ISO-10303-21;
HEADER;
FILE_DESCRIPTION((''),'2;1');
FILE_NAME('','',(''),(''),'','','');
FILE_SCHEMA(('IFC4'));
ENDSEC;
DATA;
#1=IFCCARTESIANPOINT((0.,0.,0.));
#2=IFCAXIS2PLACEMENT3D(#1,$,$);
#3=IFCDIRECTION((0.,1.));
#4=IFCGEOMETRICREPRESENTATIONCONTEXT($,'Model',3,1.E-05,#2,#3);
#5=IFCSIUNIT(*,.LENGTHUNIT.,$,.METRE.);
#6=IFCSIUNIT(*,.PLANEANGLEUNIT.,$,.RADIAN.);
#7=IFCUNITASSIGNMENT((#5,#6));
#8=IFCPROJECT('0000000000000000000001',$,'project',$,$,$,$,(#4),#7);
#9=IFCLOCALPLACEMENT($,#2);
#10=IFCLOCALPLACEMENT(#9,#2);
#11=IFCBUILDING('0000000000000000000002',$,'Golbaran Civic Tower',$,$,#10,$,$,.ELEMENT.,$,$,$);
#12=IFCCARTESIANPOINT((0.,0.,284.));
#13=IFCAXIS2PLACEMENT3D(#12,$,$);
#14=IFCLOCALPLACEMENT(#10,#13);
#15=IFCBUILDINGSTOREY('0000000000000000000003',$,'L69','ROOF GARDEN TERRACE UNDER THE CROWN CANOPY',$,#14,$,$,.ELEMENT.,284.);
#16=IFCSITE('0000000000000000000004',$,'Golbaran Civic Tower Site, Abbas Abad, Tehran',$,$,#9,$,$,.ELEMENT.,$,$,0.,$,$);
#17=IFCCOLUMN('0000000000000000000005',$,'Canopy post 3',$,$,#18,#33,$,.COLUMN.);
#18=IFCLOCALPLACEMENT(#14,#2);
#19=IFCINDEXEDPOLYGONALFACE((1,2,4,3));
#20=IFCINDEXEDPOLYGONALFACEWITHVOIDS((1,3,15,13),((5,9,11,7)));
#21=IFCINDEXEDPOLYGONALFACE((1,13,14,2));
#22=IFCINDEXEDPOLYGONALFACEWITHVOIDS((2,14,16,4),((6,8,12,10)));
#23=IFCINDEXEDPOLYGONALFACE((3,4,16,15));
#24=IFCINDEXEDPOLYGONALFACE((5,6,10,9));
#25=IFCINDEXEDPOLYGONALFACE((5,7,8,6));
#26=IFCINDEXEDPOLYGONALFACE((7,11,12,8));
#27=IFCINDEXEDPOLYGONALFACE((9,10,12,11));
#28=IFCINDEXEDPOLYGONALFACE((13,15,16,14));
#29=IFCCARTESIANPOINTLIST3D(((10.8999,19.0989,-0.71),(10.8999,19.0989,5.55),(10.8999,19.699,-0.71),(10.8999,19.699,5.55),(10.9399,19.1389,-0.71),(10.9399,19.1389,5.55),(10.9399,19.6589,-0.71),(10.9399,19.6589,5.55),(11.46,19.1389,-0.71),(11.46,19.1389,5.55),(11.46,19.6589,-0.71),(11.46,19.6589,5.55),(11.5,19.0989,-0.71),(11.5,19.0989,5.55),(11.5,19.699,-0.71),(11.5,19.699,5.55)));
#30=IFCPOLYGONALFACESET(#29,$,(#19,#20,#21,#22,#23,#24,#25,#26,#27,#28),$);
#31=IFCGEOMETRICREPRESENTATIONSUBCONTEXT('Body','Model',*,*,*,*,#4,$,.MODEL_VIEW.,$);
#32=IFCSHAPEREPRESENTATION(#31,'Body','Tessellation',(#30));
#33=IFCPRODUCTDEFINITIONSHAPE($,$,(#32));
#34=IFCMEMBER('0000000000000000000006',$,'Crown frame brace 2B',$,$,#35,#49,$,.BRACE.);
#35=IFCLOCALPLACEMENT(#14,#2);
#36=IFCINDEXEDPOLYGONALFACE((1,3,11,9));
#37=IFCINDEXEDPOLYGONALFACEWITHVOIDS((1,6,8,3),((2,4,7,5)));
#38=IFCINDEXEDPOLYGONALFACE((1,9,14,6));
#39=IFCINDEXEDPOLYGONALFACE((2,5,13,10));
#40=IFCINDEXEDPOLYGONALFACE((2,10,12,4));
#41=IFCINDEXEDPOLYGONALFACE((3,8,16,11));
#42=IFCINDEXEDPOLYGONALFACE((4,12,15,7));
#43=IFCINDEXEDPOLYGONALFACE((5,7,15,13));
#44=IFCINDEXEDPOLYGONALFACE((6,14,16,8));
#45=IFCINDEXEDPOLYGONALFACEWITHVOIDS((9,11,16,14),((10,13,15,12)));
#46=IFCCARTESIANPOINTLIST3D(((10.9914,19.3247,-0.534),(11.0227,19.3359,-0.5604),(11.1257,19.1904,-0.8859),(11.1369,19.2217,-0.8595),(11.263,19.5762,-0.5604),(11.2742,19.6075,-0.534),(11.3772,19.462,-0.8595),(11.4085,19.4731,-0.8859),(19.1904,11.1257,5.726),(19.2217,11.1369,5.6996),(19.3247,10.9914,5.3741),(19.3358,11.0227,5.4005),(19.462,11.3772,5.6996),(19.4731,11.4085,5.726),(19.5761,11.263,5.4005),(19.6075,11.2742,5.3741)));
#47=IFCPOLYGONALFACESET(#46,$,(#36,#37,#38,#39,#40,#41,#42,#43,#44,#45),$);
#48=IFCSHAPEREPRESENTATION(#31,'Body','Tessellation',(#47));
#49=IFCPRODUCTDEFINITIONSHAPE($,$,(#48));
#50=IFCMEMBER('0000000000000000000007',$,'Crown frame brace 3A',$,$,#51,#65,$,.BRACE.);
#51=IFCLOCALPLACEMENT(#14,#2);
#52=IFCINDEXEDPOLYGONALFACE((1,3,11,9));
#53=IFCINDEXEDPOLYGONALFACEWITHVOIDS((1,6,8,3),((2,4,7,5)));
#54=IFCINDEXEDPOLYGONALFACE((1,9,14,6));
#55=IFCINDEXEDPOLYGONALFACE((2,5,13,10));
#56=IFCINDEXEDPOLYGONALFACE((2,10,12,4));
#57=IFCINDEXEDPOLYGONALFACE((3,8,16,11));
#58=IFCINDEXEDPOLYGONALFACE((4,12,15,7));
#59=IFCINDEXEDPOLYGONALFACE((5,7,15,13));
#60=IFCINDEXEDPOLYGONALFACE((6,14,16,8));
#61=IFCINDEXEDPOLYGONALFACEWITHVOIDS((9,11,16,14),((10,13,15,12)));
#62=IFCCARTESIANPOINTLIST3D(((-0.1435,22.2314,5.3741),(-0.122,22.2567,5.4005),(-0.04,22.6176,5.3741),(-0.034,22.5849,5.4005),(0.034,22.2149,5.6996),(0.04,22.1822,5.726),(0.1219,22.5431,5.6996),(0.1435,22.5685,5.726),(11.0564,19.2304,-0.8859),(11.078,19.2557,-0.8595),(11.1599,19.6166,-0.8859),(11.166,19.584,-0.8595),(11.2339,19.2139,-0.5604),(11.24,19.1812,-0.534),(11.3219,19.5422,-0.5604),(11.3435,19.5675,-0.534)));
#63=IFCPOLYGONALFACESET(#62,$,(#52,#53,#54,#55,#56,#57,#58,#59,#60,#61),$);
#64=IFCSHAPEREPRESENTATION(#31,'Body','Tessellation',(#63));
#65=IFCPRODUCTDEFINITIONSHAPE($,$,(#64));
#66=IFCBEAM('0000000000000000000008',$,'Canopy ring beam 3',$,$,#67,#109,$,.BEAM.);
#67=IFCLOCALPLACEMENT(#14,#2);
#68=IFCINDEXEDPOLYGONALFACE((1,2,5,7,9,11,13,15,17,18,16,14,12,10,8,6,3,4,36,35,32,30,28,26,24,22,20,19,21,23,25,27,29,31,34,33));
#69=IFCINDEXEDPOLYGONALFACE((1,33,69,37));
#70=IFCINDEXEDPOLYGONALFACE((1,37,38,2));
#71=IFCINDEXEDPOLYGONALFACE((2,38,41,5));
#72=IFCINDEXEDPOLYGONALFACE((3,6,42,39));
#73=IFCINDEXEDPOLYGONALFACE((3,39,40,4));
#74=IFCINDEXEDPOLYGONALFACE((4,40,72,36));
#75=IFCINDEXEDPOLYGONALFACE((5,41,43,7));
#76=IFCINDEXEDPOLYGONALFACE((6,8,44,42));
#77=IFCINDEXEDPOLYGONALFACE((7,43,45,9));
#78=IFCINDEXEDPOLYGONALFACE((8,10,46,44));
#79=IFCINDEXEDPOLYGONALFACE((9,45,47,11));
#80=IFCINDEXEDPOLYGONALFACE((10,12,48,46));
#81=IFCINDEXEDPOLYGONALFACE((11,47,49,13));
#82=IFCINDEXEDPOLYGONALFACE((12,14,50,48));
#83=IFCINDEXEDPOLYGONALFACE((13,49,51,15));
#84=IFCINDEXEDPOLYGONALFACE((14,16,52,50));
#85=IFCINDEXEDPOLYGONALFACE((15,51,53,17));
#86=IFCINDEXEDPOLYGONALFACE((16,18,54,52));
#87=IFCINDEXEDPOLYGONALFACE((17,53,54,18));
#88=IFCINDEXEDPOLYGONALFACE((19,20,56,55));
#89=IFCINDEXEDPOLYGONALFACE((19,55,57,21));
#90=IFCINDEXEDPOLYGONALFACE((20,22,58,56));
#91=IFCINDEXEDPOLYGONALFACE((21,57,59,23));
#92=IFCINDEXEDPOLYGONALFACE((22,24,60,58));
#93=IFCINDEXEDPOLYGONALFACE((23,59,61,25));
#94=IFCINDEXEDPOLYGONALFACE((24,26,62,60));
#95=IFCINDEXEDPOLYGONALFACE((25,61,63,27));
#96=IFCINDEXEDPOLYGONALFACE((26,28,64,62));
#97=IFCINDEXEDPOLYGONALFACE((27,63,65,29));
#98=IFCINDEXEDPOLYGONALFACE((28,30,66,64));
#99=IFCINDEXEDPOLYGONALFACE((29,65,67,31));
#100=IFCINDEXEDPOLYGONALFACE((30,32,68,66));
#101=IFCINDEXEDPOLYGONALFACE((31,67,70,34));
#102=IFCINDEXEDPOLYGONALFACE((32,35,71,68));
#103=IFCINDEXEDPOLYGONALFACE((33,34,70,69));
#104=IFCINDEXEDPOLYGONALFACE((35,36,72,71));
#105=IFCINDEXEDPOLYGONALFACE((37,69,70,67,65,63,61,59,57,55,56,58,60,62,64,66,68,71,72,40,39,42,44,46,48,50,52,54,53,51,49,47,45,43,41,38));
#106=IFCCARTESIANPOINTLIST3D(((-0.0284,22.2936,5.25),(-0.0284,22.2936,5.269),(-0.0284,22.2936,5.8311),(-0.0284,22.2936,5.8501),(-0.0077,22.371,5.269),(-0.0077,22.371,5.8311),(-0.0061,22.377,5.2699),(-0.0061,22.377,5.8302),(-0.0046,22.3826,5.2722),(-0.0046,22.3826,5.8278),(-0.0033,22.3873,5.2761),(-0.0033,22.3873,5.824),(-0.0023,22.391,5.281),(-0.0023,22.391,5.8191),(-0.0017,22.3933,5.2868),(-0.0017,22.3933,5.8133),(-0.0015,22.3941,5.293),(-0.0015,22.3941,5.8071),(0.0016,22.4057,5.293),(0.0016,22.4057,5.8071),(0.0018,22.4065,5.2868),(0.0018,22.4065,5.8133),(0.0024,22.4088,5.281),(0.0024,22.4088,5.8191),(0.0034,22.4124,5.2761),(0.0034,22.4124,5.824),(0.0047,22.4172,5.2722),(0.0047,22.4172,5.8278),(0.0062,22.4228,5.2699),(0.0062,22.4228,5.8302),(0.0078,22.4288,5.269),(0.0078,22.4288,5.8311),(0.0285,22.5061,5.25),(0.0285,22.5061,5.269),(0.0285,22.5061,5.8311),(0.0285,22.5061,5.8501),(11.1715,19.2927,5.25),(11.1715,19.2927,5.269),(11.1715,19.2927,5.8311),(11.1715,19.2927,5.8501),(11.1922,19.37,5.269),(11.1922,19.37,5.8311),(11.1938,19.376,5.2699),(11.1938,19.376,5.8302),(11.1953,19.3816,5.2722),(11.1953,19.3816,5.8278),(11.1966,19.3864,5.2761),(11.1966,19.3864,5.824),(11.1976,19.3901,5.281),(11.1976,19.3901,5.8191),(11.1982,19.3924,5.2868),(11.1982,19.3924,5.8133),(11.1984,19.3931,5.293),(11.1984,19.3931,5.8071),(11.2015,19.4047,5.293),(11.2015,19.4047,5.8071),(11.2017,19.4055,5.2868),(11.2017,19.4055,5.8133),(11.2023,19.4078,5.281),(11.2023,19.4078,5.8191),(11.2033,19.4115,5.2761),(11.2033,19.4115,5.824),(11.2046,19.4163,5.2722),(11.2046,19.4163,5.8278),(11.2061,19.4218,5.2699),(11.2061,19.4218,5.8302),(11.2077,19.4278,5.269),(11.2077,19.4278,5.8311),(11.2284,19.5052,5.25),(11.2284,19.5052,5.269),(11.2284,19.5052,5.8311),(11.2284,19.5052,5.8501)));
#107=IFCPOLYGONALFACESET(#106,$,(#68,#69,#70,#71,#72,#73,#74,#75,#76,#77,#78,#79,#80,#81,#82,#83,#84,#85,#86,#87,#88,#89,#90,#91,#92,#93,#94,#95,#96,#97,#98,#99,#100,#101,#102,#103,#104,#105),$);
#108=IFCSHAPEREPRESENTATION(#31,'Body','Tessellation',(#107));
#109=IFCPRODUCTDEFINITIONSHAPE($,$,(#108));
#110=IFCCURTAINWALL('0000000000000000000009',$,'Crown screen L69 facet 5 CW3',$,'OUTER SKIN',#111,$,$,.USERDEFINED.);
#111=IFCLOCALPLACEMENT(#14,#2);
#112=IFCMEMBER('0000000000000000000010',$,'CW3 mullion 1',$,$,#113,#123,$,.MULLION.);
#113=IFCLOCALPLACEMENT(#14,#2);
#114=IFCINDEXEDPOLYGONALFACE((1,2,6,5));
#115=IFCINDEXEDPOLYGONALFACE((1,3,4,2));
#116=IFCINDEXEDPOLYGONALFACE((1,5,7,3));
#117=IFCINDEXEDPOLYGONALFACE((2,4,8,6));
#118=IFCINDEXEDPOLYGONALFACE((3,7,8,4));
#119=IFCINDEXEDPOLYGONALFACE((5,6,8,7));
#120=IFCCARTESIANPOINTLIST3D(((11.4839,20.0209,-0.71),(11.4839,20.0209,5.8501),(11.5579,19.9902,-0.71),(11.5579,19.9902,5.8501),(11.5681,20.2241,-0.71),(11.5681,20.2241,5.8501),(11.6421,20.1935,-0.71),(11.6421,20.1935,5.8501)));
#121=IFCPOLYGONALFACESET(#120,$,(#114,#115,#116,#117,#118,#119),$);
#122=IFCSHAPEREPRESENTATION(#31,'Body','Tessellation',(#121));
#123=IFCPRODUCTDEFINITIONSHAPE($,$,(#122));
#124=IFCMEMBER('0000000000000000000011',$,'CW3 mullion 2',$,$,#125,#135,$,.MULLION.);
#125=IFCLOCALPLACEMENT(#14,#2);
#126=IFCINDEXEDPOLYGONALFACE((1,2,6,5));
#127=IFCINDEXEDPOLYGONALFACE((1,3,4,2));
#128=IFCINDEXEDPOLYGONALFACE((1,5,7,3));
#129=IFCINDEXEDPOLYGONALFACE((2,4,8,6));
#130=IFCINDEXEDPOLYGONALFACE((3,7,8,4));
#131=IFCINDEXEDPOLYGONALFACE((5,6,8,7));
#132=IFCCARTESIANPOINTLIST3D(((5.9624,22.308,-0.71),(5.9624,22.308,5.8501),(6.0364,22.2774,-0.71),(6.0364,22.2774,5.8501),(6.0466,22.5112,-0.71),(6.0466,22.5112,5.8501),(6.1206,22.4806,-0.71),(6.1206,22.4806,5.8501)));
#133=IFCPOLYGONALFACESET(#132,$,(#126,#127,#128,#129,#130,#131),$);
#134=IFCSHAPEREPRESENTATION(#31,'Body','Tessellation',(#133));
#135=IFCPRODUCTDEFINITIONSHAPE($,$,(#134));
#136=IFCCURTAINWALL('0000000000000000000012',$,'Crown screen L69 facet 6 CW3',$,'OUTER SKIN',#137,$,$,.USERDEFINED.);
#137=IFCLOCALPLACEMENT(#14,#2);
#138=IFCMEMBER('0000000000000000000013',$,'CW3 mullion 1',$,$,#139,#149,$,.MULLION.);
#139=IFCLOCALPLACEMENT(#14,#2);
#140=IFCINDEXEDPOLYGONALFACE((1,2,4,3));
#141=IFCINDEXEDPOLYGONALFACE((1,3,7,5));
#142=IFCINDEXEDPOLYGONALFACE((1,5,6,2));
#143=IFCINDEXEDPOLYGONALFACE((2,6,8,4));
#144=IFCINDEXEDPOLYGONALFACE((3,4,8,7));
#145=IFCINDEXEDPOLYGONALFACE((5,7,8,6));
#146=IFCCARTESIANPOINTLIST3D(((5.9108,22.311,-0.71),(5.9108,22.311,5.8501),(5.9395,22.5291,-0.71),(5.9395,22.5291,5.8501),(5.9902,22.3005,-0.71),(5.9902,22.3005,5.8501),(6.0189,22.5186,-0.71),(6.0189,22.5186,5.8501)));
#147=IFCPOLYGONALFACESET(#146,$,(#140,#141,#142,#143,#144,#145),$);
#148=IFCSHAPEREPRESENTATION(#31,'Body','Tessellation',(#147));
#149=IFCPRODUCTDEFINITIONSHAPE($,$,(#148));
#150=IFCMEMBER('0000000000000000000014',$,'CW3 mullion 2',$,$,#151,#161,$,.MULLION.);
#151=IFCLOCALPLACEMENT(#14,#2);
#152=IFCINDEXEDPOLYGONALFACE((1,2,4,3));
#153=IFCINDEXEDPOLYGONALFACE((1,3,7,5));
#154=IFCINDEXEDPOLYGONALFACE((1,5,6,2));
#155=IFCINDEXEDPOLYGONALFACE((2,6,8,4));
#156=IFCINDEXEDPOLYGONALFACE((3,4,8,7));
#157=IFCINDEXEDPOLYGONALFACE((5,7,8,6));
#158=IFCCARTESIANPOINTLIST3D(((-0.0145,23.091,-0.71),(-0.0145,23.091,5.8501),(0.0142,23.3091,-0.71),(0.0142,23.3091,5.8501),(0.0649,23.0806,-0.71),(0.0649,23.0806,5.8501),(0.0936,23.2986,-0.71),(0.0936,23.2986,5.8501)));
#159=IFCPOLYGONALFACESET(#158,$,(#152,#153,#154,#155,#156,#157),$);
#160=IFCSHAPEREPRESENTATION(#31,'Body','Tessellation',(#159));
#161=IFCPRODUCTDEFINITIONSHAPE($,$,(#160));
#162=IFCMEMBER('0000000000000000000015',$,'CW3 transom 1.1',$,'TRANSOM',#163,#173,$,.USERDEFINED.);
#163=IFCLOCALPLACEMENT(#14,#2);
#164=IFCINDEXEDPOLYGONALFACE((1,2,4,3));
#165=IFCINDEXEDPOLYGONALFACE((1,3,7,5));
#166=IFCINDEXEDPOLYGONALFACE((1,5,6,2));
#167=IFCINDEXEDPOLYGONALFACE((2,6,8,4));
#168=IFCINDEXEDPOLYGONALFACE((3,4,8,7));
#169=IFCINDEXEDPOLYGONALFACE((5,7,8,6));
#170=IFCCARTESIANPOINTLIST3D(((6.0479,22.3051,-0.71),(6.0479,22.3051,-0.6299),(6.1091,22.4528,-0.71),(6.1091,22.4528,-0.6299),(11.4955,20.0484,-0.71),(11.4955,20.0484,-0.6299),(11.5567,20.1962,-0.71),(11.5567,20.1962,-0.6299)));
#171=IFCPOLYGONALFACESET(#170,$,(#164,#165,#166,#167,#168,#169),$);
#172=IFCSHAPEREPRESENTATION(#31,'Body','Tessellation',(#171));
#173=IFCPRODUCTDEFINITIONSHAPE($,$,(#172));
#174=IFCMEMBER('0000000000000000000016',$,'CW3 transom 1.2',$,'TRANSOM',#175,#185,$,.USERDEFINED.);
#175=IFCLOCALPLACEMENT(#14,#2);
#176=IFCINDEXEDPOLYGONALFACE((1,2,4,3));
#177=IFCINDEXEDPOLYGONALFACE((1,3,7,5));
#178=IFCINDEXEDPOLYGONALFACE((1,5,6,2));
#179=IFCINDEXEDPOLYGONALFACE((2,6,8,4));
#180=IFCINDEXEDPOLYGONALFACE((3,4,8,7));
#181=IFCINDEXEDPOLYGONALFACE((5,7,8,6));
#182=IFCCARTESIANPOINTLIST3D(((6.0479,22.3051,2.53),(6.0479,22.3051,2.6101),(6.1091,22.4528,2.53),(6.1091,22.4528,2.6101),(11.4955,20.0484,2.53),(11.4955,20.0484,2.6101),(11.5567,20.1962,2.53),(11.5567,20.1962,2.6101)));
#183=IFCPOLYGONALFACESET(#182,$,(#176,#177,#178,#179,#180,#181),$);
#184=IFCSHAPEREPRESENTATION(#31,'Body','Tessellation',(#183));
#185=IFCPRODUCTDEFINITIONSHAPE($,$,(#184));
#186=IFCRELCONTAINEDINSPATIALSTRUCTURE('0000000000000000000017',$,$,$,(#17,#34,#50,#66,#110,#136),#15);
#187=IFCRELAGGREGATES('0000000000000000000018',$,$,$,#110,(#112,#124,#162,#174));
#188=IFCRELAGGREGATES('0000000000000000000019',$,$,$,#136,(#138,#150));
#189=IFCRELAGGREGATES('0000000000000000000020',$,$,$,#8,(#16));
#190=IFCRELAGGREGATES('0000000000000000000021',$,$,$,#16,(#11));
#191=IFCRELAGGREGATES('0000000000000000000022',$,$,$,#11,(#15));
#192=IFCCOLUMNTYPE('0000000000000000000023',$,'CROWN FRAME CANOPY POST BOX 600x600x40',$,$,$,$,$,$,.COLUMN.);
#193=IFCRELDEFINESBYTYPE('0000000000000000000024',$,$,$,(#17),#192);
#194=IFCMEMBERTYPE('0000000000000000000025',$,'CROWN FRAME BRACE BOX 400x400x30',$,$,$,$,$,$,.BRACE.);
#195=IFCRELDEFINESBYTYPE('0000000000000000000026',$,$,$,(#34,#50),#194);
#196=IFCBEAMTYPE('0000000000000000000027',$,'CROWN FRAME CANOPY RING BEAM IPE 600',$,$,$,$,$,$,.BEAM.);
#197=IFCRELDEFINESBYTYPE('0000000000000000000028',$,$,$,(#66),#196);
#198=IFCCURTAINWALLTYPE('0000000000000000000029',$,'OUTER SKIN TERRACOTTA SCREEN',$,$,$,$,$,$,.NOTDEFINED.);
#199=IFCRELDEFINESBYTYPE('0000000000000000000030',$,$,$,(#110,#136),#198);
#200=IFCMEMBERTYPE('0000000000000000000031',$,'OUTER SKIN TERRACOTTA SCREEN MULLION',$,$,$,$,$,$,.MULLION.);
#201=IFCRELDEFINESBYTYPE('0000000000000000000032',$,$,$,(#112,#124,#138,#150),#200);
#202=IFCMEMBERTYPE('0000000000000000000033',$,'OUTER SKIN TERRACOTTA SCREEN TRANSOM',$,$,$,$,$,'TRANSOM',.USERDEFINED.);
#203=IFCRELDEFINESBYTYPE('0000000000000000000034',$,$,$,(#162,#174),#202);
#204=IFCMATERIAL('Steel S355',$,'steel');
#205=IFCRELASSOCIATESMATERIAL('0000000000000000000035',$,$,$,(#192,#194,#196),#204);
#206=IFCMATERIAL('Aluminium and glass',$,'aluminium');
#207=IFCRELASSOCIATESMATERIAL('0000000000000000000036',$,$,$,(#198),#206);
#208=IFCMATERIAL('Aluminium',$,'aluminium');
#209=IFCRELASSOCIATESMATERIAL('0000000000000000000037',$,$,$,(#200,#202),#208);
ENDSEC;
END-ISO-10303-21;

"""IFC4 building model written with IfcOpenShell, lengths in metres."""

from ifc_helpers import new_model, si_unit, direction, frame, origin, origin_2d, place, context, subcontext, project, spatial, rectangle, hollow_rectangle, i_section, extrude, material, material_profile, profile_set, type_object, element, aggregate, save


model = new_model("IFC4")

# Units and contexts
model_context = context("Model", 3, precision=1e-05, world=origin(), true_north=direction((0.0, 1.0)))
body_context = subcontext(model_context, "Body", "Model", "MODEL_VIEW")
ifc_project = project(units=[si_unit("LENGTHUNIT", "METRE"), si_unit("PLANEANGLEUNIT", "RADIAN")], contexts=[model_context])

# Site, building, storey
site_placement = place(None, origin())
site = spatial("IfcSite", under=ifc_project, at=site_placement, Name="Golbaran Civic Tower Site, Abbas Abad, Tehran", CompositionType="ELEMENT", RefElevation=0.0)
building_placement = place(site_placement, origin())
building = spatial("IfcBuilding", under=site, at=building_placement, Name="Golbaran Civic Tower", CompositionType="ELEMENT")
storey_placement = place(building_placement, frame((0.0, 0.0, 284.0)))
storey = spatial("IfcBuildingStorey", under=building, at=storey_placement, Name="L69", Description="ROOF GARDEN TERRACE UNDER THE CROWN CANOPY", CompositionType="ELEMENT", Elevation=284.0)

# Column
ifc_material_1 = material(Name="Steel S355", Category="steel")
ifc_material_profile_1 = material_profile(ifc_material_1, hollow_rectangle(XDim=0.6001, YDim=0.6001, WallThickness=0.04, at=origin_2d()), Name="BOX 600x600x40")
ifc_profile_set_1 = profile_set([ifc_material_profile_1], Name="Steel S355")
column_type = type_object("IfcColumnType", Name="CROWN FRAME CANOPY POST BOX 600x600x40", PredefinedType="COLUMN", material=ifc_profile_set_1)
column_placement = place(storey_placement, frame((11.2, 19.3989, -0.71), z_axis=(0.0, 0.0, 1.0), x_axis=(1.0, 0.0, 0.0)))
element("IfcColumn", 1, at=column_placement, inside=storey, type_object=column_type, Name="Canopy post 3", PredefinedType="COLUMN", context=body_context, shape_type="SweptSolid", body=[
    extrude(hollow_rectangle(XDim=0.6001, YDim=0.6001, WallThickness=0.04, at=origin_2d()), origin(), (0.0, 0.0, 1.0), 6.26),
])

# Members
ifc_material_profile_2 = material_profile(ifc_material_1, hollow_rectangle(XDim=0.3999, YDim=0.3999, WallThickness=0.03, at=origin_2d()), Name="BOX 400x400x30")
ifc_profile_set_2 = profile_set([ifc_material_profile_2], Name="Steel S355")
member_type_1 = type_object("IfcMemberType", Name="CROWN FRAME BRACE BOX 400x400x30", PredefinedType="BRACE", material=ifc_profile_set_2)
for number, where, z_axis, x_axis, name in (
    (2, (11.2, 19.3989, -0.71), (0.622217, -0.622217, 0.47507), (0.707107, 0.707107, 0.0), "Crown frame brace 2B"),
    (3, (11.2, 19.3989, -0.71), (-0.849964, 0.227744, 0.475072), (-0.258816, -0.965927, 0.0), "Crown frame brace 3A"),
):
    element("IfcMember", number, at=place(storey_placement, frame(where, z_axis=z_axis, x_axis=x_axis)), inside=storey, type_object=member_type_1, Name=name, PredefinedType="BRACE", context=body_context, shape_type="SweptSolid", body=[
        extrude(hollow_rectangle(XDim=0.3999, YDim=0.3999, WallThickness=0.03, at=origin_2d()), origin(), (0.0, 0.0, 1.0), 13.177),
    ])

# Beam
ifc_material_profile_3 = material_profile(ifc_material_1, i_section(OverallWidth=0.22, OverallDepth=0.6001, WebThickness=0.012, FlangeThickness=0.019, FilletRadius=0.0239, at=origin_2d()), Name="IPE 600")
ifc_profile_set_3 = profile_set([ifc_material_profile_3], Name="Steel S355")
beam_type = type_object("IfcBeamType", Name="CROWN FRAME CANOPY RING BEAM IPE 600", PredefinedType="BEAM", material=ifc_profile_set_3)
beam_placement = place(storey_placement, frame((11.2, 19.3989, 5.55), z_axis=(-0.965927, 0.258816, 0.0), x_axis=(-0.258816, -0.965927, 0.0)))
element("IfcBeam", 4, at=beam_placement, inside=storey, type_object=beam_type, Name="Canopy ring beam 3", PredefinedType="BEAM", context=body_context, shape_type="SweptSolid", body=[
    extrude(i_section(OverallWidth=0.22, OverallDepth=0.6001, WebThickness=0.012, FlangeThickness=0.019, FilletRadius=0.0239, at=origin_2d()), origin(), (0.0, 0.0, 1.0), 11.595),
])

# Curtain walls, members
ifc_material_2 = material(Name="Aluminium and glass", Category="aluminium")
curtain_wall_type = type_object("IfcCurtainWallType", Name="OUTER SKIN TERRACOTTA SCREEN", PredefinedType="NOTDEFINED", material=ifc_material_2)
curtain_wall_1_placement = place(storey_placement, origin())
curtain_wall_1 = element("IfcCurtainWall", 5, at=curtain_wall_1_placement, inside=storey, type_object=curtain_wall_type, Name="Crown screen L69 facet 5 CW3", ObjectType="OUTER SKIN", PredefinedType="USERDEFINED")
ifc_material_3 = material(Name="Aluminium", Category="aluminium")
ifc_material_profile_4 = material_profile(ifc_material_3, rectangle(XDim=0.22, YDim=0.0801, at=origin_2d()), Name="OUTER SKIN TERRACOTTA SCREEN MULLION")
ifc_profile_set_4 = profile_set([ifc_material_profile_4], Name="Aluminium")
member_type_2 = type_object("IfcMemberType", Name="OUTER SKIN TERRACOTTA SCREEN MULLION", PredefinedType="MULLION", material=ifc_profile_set_4)
member_1_placement = place(storey_placement, frame((11.563, 20.1072, -0.71), z_axis=(0.0, 0.0, 1.0), x_axis=(-0.382683, -0.92388, 0.0)))
member_1 = element("IfcMember", 6, at=member_1_placement, type_object=member_type_2, Name="CW3 mullion 1", PredefinedType="MULLION", context=body_context, shape_type="SweptSolid", body=[
    extrude(rectangle(XDim=0.22, YDim=0.0801, at=origin_2d()), origin(), (0.0, 0.0, 1.0), 6.5601),
])
member_2_placement = place(storey_placement, frame((6.0415, 22.3943, -0.71), z_axis=(0.0, 0.0, 1.0), x_axis=(-0.382683, -0.92388, 0.0)))
member_2 = element("IfcMember", 7, at=member_2_placement, type_object=member_type_2, Name="CW3 mullion 2", PredefinedType="MULLION", context=body_context, shape_type="SweptSolid", body=[
    extrude(rectangle(XDim=0.22, YDim=0.0801, at=origin_2d()), origin(), (0.0, 0.0, 1.0), 6.5601),
])
curtain_wall_2_placement = place(storey_placement, origin())
curtain_wall_2 = element("IfcCurtainWall", 8, at=curtain_wall_2_placement, inside=storey, type_object=curtain_wall_type, Name="Crown screen L69 facet 6 CW3", ObjectType="OUTER SKIN", PredefinedType="USERDEFINED")
member_3_placement = place(storey_placement, frame((5.9648, 22.4148, -0.71), z_axis=(0.0, 0.0, 1.0), x_axis=(-0.130526, -0.991445, 0.0)))
member_3 = element("IfcMember", 9, at=member_3_placement, type_object=member_type_2, Name="CW3 mullion 1", PredefinedType="MULLION", context=body_context, shape_type="SweptSolid", body=[
    extrude(rectangle(XDim=0.22, YDim=0.0801, at=origin_2d()), origin(), (0.0, 0.0, 1.0), 6.5601),
])
member_4_placement = place(storey_placement, frame((0.0396, 23.1948, -0.71), z_axis=(0.0, 0.0, 1.0), x_axis=(-0.130526, -0.991445, 0.0)))
member_4 = element("IfcMember", 10, at=member_4_placement, type_object=member_type_2, Name="CW3 mullion 2", PredefinedType="MULLION", context=body_context, shape_type="SweptSolid", body=[
    extrude(rectangle(XDim=0.22, YDim=0.0801, at=origin_2d()), origin(), (0.0, 0.0, 1.0), 6.5601),
])

# Members
ifc_material_profile_5 = material_profile(ifc_material_3, rectangle(XDim=0.1599, YDim=0.0801, at=origin_2d()), Name="OUTER SKIN TERRACOTTA SCREEN TRANSOM")
ifc_profile_set_5 = profile_set([ifc_material_profile_5], Name="Aluminium")
member_type_3 = type_object("IfcMemberType", Name="OUTER SKIN TERRACOTTA SCREEN TRANSOM", ElementType="TRANSOM", PredefinedType="USERDEFINED", material=ifc_profile_set_5)
member_5_placement = place(storey_placement, frame((11.5261, 20.1223, -0.6699), z_axis=(-0.92387, 0.382707, 0.0), x_axis=(-0.382707, -0.92387, 0.0)))
member_5 = element("IfcMember", 11, at=member_5_placement, type_object=member_type_3, Name="CW3 transom 1.1", ObjectType="TRANSOM", PredefinedType="USERDEFINED", context=body_context, shape_type="SweptSolid", body=[
    extrude(rectangle(XDim=0.1599, YDim=0.0801, at=origin_2d()), origin(), (0.0, 0.0, 1.0), 5.8965),
])
member_6_placement = place(storey_placement, frame((11.5261, 20.1223, 2.5701), z_axis=(-0.92387, 0.382707, 0.0), x_axis=(-0.382707, -0.92387, 0.0)))
member_6 = element("IfcMember", 12, at=member_6_placement, type_object=member_type_3, Name="CW3 transom 1.2", ObjectType="TRANSOM", PredefinedType="USERDEFINED", context=body_context, shape_type="SweptSolid", body=[
    extrude(rectangle(XDim=0.1599, YDim=0.0801, at=origin_2d()), origin(), (0.0, 0.0, 1.0), 5.8965),
])

aggregate(curtain_wall_1, [member_1, member_2, member_5, member_6])
aggregate(curtain_wall_2, [member_3, member_4])

save(model, "model.ifc")
